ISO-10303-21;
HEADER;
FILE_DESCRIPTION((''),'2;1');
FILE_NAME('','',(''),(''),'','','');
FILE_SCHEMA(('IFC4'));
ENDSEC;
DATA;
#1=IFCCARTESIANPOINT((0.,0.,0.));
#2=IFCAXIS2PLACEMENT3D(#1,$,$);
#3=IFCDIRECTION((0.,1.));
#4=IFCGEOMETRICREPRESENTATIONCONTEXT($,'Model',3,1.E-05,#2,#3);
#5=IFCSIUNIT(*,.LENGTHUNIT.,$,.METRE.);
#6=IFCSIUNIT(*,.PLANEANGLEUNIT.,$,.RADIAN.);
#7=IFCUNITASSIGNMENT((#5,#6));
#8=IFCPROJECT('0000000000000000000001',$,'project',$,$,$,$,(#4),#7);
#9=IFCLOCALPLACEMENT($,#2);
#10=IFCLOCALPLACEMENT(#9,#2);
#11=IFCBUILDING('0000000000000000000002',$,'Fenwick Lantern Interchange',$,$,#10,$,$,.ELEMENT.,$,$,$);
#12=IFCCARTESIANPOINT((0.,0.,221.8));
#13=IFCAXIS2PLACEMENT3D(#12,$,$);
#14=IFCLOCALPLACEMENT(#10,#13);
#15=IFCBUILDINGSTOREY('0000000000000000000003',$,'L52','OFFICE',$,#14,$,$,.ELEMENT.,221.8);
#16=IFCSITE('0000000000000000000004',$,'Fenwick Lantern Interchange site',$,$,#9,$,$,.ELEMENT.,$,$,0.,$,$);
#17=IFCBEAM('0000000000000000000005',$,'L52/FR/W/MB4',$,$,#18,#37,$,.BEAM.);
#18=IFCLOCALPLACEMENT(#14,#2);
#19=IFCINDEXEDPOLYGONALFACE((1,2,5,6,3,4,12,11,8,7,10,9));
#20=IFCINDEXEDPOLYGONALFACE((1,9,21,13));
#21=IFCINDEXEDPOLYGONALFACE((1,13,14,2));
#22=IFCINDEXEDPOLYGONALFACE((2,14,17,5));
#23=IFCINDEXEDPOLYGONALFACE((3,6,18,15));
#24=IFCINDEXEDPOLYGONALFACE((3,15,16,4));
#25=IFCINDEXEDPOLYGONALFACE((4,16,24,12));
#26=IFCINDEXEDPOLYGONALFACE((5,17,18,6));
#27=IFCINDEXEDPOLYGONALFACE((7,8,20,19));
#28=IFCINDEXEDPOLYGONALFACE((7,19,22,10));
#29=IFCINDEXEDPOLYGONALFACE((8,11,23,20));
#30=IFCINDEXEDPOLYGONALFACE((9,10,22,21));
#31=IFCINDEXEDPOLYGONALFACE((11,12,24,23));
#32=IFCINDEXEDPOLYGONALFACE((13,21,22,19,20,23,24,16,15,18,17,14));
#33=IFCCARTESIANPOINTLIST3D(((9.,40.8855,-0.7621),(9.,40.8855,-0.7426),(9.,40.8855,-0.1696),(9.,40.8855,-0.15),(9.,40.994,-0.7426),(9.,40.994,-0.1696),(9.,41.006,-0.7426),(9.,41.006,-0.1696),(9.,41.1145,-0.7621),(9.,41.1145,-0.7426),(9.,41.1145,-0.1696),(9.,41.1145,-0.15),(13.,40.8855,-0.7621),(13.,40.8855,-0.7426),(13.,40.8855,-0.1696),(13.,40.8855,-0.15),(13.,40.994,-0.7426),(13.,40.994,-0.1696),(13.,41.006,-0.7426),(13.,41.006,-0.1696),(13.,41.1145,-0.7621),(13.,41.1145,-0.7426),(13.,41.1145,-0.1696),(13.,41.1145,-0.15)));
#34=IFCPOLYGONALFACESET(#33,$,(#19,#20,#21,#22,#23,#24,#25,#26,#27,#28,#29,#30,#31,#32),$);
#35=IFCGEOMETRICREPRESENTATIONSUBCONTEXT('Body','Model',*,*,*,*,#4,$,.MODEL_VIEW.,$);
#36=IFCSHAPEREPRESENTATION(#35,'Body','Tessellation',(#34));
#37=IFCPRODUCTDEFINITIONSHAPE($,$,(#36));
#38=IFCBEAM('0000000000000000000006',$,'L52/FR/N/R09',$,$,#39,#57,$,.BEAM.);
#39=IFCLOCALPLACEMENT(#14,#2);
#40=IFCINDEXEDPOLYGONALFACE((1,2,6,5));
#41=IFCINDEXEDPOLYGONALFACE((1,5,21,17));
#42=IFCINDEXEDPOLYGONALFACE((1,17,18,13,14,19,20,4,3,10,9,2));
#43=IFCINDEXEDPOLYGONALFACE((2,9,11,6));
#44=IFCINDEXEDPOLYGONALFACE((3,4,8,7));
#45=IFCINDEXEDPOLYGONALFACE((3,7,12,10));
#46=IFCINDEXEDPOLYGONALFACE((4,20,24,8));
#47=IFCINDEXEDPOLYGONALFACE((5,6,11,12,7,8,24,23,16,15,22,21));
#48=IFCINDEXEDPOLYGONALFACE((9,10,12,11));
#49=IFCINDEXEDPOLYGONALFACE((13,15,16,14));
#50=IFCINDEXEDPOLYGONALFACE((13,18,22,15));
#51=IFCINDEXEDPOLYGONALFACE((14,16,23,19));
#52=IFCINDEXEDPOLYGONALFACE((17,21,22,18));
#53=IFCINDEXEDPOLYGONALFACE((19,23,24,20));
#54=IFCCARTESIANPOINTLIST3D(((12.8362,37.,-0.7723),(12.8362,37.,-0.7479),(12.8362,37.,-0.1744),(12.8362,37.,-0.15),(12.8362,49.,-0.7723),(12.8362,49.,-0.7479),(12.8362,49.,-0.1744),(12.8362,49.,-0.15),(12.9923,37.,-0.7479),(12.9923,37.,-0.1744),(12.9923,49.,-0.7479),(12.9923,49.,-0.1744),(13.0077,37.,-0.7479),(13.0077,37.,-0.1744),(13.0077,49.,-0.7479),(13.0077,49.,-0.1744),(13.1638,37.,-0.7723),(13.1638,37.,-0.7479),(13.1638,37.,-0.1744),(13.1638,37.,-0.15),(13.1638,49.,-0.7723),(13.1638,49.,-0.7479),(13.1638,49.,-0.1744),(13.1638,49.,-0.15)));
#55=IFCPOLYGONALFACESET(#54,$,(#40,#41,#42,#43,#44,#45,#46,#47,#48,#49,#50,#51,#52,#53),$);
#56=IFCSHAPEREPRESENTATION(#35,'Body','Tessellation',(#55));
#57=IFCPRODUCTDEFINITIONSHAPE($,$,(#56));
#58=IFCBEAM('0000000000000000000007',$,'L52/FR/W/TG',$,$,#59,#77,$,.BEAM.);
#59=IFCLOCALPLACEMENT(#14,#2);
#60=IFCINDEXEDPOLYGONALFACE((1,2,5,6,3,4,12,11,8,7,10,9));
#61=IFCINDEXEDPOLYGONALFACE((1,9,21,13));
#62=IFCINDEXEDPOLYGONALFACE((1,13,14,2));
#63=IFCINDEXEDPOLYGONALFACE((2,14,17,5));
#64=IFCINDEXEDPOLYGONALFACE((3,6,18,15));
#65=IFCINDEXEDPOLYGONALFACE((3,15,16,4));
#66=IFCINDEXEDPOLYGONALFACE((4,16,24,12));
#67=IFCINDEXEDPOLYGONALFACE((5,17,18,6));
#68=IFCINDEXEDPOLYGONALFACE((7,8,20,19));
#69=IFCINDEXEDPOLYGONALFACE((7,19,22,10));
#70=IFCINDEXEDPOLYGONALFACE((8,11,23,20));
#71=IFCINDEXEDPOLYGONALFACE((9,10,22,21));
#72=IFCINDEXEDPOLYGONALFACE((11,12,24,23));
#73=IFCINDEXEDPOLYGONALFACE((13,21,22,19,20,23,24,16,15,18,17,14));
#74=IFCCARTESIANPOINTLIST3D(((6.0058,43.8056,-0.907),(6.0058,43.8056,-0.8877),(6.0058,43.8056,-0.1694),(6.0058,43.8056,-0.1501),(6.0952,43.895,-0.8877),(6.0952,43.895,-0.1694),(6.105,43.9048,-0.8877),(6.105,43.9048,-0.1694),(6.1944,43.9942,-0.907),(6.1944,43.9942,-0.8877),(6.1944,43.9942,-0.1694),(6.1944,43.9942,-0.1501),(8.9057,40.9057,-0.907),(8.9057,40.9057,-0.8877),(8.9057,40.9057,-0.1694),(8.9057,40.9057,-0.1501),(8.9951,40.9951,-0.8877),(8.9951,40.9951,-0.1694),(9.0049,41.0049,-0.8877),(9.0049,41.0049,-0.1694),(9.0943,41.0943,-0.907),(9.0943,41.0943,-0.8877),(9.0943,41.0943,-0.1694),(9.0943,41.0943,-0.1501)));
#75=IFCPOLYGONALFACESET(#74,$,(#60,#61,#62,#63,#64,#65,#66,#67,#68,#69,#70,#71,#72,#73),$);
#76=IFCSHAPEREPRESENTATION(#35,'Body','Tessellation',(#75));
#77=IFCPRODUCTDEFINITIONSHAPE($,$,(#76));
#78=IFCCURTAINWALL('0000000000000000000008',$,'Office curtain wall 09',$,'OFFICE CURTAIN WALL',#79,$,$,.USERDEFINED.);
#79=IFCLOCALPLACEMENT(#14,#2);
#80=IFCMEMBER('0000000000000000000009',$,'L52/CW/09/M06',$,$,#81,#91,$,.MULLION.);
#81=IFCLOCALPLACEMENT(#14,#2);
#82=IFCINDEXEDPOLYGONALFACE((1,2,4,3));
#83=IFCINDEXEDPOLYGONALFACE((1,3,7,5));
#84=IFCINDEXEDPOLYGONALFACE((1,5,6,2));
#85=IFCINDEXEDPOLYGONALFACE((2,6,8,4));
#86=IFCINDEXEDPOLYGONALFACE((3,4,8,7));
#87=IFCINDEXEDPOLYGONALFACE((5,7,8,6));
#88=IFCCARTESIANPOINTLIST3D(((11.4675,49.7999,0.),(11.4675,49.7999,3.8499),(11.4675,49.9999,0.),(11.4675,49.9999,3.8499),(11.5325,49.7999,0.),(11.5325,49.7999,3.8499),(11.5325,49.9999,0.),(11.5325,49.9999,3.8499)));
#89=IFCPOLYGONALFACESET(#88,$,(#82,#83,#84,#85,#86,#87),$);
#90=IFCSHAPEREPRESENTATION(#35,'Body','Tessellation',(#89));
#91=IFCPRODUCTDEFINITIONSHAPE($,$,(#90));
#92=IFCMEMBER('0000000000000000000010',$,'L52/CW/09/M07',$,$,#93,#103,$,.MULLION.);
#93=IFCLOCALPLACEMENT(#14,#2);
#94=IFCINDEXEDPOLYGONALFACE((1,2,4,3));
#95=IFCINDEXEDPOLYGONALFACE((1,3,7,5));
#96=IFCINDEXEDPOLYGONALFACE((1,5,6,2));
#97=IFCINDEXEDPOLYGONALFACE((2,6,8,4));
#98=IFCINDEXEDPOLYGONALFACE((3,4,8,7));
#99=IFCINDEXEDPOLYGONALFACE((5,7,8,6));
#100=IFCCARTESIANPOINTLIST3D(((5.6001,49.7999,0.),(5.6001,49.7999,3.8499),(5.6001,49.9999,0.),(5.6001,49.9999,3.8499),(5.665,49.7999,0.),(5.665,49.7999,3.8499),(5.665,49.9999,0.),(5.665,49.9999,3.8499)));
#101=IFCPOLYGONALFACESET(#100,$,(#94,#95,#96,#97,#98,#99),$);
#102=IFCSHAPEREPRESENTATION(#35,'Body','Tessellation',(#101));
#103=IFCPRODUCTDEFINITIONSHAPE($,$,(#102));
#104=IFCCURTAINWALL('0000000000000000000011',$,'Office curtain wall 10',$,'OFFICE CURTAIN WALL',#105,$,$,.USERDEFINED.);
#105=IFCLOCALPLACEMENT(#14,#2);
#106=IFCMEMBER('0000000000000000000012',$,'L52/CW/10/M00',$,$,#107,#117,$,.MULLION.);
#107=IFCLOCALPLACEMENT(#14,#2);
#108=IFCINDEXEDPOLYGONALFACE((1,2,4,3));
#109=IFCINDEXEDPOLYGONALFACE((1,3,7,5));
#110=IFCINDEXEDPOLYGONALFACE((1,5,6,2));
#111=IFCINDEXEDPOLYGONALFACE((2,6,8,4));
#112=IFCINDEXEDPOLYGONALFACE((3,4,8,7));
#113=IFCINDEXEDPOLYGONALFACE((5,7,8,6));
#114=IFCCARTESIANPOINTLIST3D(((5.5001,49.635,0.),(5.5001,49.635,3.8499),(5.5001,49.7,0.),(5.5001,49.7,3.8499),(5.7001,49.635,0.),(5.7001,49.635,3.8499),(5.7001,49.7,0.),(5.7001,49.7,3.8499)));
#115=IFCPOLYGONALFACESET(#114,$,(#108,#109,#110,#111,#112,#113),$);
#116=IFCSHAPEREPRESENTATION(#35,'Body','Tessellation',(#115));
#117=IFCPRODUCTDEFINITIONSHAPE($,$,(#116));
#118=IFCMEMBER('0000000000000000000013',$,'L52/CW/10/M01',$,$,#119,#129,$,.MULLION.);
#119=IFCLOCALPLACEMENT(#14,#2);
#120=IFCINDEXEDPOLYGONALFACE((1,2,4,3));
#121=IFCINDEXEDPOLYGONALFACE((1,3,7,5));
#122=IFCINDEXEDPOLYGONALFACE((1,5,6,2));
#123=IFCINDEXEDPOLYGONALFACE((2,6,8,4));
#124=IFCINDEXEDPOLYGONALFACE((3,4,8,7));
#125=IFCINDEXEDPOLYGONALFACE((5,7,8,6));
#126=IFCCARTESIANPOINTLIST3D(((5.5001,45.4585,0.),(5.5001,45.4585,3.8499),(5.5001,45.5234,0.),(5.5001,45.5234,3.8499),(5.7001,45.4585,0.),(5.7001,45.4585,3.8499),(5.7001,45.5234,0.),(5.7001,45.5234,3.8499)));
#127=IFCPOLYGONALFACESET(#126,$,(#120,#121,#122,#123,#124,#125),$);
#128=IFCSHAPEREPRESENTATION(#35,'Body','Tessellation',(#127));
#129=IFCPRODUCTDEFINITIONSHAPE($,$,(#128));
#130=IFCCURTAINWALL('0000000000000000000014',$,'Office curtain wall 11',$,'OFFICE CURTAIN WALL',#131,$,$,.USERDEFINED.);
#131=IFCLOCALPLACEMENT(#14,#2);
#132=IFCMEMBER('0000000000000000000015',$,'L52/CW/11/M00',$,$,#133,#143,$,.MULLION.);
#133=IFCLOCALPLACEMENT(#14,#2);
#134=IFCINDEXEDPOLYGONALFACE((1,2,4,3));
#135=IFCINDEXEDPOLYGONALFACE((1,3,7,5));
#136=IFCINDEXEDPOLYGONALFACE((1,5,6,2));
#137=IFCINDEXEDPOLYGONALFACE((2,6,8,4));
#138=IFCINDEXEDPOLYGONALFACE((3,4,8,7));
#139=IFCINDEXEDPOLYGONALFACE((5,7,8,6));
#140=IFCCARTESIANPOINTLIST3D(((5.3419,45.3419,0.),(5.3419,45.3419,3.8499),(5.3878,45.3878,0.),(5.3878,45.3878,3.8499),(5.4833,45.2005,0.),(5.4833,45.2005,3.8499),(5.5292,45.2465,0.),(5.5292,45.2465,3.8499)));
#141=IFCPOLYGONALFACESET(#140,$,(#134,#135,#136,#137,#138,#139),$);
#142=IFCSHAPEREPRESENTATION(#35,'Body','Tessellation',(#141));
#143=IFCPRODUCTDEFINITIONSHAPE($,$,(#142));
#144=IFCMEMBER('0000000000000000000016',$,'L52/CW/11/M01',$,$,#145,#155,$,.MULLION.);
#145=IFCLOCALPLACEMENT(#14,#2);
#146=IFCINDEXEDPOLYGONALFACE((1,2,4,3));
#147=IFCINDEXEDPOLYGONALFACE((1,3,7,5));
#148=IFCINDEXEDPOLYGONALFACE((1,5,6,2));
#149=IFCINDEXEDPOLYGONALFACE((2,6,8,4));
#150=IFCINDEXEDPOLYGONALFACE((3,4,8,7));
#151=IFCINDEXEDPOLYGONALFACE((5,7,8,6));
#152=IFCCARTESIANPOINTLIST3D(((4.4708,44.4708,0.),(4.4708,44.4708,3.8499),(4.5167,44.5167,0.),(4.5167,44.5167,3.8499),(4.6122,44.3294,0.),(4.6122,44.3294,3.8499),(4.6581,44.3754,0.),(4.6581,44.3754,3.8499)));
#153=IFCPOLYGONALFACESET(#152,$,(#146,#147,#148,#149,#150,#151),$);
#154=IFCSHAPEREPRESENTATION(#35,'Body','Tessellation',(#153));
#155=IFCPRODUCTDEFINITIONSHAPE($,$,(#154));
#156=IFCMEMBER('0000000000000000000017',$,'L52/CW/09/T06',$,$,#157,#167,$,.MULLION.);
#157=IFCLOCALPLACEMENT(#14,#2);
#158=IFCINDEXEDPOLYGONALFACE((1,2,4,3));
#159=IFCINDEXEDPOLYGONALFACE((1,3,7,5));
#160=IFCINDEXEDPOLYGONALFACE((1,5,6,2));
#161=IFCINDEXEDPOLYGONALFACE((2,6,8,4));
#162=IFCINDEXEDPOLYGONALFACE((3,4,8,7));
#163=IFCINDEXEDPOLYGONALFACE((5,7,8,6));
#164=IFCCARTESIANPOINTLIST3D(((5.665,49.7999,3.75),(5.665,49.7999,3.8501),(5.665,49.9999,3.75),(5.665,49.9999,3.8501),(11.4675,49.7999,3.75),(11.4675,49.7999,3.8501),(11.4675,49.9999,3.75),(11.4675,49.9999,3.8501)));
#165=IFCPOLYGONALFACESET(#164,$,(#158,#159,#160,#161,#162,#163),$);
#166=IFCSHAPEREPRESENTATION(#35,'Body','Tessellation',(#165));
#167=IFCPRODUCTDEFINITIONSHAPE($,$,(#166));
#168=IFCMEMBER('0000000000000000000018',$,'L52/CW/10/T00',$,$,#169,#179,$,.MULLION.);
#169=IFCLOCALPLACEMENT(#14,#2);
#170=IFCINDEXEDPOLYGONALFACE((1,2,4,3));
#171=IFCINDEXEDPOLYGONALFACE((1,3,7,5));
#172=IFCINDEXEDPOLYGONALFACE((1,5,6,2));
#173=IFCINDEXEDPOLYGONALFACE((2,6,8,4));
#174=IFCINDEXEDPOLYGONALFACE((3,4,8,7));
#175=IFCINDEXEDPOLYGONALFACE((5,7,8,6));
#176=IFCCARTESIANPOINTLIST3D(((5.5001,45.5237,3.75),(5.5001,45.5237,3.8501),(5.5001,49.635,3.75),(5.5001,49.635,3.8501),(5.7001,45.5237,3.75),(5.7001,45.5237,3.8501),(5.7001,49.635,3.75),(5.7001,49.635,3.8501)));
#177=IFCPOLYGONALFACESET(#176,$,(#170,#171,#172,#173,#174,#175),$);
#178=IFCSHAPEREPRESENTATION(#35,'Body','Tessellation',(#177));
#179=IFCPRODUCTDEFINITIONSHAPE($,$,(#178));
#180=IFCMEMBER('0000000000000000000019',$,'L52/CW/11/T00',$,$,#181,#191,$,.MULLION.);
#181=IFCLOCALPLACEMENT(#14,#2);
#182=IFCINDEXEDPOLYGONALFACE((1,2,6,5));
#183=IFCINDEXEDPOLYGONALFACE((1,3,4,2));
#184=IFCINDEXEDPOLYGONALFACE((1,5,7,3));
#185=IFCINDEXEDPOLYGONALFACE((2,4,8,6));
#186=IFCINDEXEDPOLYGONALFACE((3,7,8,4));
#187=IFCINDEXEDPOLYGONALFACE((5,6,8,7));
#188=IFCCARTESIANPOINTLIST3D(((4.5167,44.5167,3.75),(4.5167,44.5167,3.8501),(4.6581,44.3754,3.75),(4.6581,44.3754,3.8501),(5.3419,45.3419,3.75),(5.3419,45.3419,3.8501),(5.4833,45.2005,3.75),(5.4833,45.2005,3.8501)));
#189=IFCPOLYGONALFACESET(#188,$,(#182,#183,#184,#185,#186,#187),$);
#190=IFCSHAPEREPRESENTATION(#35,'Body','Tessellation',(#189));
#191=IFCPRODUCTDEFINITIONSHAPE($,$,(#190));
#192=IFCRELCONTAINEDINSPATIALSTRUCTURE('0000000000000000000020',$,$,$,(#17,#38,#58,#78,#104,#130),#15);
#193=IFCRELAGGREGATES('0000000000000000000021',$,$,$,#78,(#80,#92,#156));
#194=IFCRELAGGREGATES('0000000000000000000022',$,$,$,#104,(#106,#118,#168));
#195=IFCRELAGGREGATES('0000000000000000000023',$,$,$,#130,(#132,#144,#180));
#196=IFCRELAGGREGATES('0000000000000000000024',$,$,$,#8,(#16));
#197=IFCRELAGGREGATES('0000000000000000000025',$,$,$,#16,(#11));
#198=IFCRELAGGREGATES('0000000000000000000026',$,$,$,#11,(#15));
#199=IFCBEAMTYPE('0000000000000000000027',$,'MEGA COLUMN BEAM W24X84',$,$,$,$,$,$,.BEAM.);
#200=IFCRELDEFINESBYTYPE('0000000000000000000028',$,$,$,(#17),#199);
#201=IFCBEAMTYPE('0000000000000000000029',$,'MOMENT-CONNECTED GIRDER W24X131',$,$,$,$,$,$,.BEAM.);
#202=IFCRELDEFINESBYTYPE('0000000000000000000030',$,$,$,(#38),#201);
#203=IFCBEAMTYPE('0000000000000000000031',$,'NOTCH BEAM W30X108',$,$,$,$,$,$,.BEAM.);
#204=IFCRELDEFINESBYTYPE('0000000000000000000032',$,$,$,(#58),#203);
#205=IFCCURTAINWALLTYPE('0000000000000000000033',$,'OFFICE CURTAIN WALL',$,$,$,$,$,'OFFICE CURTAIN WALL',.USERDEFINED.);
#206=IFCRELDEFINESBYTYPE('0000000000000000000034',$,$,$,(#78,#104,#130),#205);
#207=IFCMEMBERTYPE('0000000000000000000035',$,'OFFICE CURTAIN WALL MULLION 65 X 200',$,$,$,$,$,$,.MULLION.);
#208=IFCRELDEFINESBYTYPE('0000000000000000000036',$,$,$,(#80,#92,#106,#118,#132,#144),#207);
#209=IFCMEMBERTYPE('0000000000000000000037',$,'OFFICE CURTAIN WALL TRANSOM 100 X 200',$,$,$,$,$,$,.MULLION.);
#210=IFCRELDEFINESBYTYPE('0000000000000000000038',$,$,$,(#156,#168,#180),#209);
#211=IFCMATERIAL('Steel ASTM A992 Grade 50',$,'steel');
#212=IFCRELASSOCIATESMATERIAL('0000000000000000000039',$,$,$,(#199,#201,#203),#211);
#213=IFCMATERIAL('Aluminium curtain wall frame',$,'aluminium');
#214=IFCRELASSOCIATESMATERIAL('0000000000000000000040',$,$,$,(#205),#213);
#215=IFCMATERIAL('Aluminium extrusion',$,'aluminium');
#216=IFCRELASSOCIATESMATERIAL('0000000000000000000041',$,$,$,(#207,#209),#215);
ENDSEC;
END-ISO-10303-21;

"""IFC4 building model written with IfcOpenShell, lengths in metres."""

from ifc_helpers import new_model, si_unit, direction, frame, origin, origin_2d, place, context, subcontext, project, spatial, rectangle, i_section, extrude, material, material_profile, profile_set, type_object, element, aggregate, save


model = new_model("IFC4")

# Units and contexts
model_context = context("Model", 3, precision=1e-05, world=origin(), true_north=direction((0.0, 1.0)))
body_context = subcontext(model_context, "Body", "Model", "MODEL_VIEW")
ifc_project = project(units=[si_unit("LENGTHUNIT", "METRE"), si_unit("PLANEANGLEUNIT", "RADIAN")], contexts=[model_context])

# Site, building, storey
site_placement = place(None, origin())
site = spatial("IfcSite", under=ifc_project, at=site_placement, Name="Fenwick Lantern Interchange site", CompositionType="ELEMENT", RefElevation=0.0)
building_placement = place(site_placement, origin())
building = spatial("IfcBuilding", under=site, at=building_placement, Name="Fenwick Lantern Interchange", CompositionType="ELEMENT")
storey_placement = place(building_placement, frame((0.0, 0.0, 221.8)))
storey = spatial("IfcBuildingStorey", under=building, at=storey_placement, Name="L52", Description="OFFICE", CompositionType="ELEMENT", Elevation=221.8)

# Shared definitions
ifc_material_1 = material(Name="Steel ASTM A992 Grade 50", Category="steel")

# Beams
ifc_material_profile_1 = material_profile(ifc_material_1, i_section(OverallWidth=0.229, OverallDepth=0.6121, WebThickness=0.012, FlangeThickness=0.0195, at=origin_2d()), Name="W24X84")
ifc_profile_set_1 = profile_set([ifc_material_profile_1], Name="Steel ASTM A992 Grade 50")
beam_type_1 = type_object("IfcBeamType", Name="MEGA COLUMN BEAM W24X84", PredefinedType="BEAM", material=ifc_profile_set_1)
beam_1_placement = place(storey_placement, frame((9.0, 41.0, -0.4561), z_axis=(1.0, 0.0, 0.0), x_axis=(0.0, 1.0, 0.0)))
element("IfcBeam", 1, at=beam_1_placement, inside=storey, type_object=beam_type_1, Name="L52/FR/W/MB4", PredefinedType="BEAM", context=body_context, shape_type="SweptSolid", body=[
    extrude(i_section(OverallWidth=0.229, OverallDepth=0.6121, WebThickness=0.012, FlangeThickness=0.0195, at=origin_2d()), origin(), (0.0, 0.0, 1.0), 4.0),
])
ifc_material_profile_2 = material_profile(ifc_material_1, i_section(OverallWidth=0.3276, OverallDepth=0.6223, WebThickness=0.0154, FlangeThickness=0.0244, at=origin_2d()), Name="W24X131")
ifc_profile_set_2 = profile_set([ifc_material_profile_2], Name="Steel ASTM A992 Grade 50")
beam_type_2 = type_object("IfcBeamType", Name="MOMENT-CONNECTED GIRDER W24X131", PredefinedType="BEAM", material=ifc_profile_set_2)
beam_2_placement = place(storey_placement, frame((13.0, 49.0, -0.4612), z_axis=(0.0, -1.0, 0.0), x_axis=(1.0, 0.0, 0.0)))
element("IfcBeam", 2, at=beam_2_placement, inside=storey, type_object=beam_type_2, Name="L52/FR/N/R09", PredefinedType="BEAM", context=body_context, shape_type="SweptSolid", body=[
    extrude(i_section(OverallWidth=0.3276, OverallDepth=0.6223, WebThickness=0.0154, FlangeThickness=0.0244, at=origin_2d()), origin(), (0.0, 0.0, 1.0), 12.0),
])
ifc_material_profile_3 = material_profile(ifc_material_1, i_section(OverallWidth=0.2666, OverallDepth=0.7568, WebThickness=0.0139, FlangeThickness=0.0193, at=origin_2d()), Name="W30X108")
ifc_profile_set_3 = profile_set([ifc_material_profile_3], Name="Steel ASTM A992 Grade 50")
beam_type_3 = type_object("IfcBeamType", Name="NOTCH BEAM W30X108", PredefinedType="BEAM", material=ifc_profile_set_3)
beam_3_placement = place(storey_placement, frame((9.0, 41.0, -0.5286), z_axis=(-0.707107, 0.707107, 0.0), x_axis=(-0.707107, -0.707107, 0.0)))
element("IfcBeam", 3, at=beam_3_placement, inside=storey, type_object=beam_type_3, Name="L52/FR/W/TG", PredefinedType="BEAM", context=body_context, shape_type="SweptSolid", body=[
    extrude(i_section(OverallWidth=0.2666, OverallDepth=0.7568, WebThickness=0.0139, FlangeThickness=0.0193, at=origin_2d()), origin(), (0.0, 0.0, 1.0), 4.1011),
])

# Curtain walls, members
ifc_material_2 = material(Name="Aluminium curtain wall frame", Category="aluminium")
curtain_wall_type = type_object("IfcCurtainWallType", Name="OFFICE CURTAIN WALL", ElementType="OFFICE CURTAIN WALL", PredefinedType="USERDEFINED", material=ifc_material_2)
curtain_wall_1_placement = place(storey_placement, origin())
curtain_wall_1 = element("IfcCurtainWall", 4, at=curtain_wall_1_placement, inside=storey, type_object=curtain_wall_type, Name="Office curtain wall 09", ObjectType="OFFICE CURTAIN WALL", PredefinedType="USERDEFINED")
ifc_material_3 = material(Name="Aluminium extrusion", Category="aluminium")
ifc_material_profile_4 = material_profile(ifc_material_3, rectangle(XDim=0.2, YDim=0.0649, at=origin_2d()), Name="OFFICE CURTAIN WALL MULLION 65 X 200")
ifc_profile_set_4 = profile_set([ifc_material_profile_4], Name="Aluminium extrusion")
member_type_1 = type_object("IfcMemberType", Name="OFFICE CURTAIN WALL MULLION 65 X 200", PredefinedType="MULLION", material=ifc_profile_set_4)
member_1_placement = place(storey_placement, frame((11.5, 49.8999, 0.0), z_axis=(0.0, 0.0, 1.0), x_axis=(0.0, -1.0, 0.0)))
member_1 = element("IfcMember", 5, at=member_1_placement, type_object=member_type_1, Name="L52/CW/09/M06", PredefinedType="MULLION", context=body_context, shape_type="SweptSolid", body=[
    extrude(rectangle(XDim=0.2, YDim=0.0649, at=origin_2d()), origin(), (0.0, 0.0, 1.0), 3.8499),
])
member_2_placement = place(storey_placement, frame((5.6326, 49.8999, 0.0), z_axis=(0.0, 0.0, 1.0), x_axis=(0.0, -1.0, 0.0)))
member_2 = element("IfcMember", 6, at=member_2_placement, type_object=member_type_1, Name="L52/CW/09/M07", PredefinedType="MULLION", context=body_context, shape_type="SweptSolid", body=[
    extrude(rectangle(XDim=0.2, YDim=0.0649, at=origin_2d()), origin(), (0.0, 0.0, 1.0), 3.8499),
])
curtain_wall_2_placement = place(storey_placement, origin())
curtain_wall_2 = element("IfcCurtainWall", 7, at=curtain_wall_2_placement, inside=storey, type_object=curtain_wall_type, Name="Office curtain wall 10", ObjectType="OFFICE CURTAIN WALL", PredefinedType="USERDEFINED")
member_3_placement = place(storey_placement, frame((5.6001, 49.6675, 0.0), z_axis=(0.0, 0.0, 1.0), x_axis=(1.0, 0.0, 0.0)))
member_3 = element("IfcMember", 8, at=member_3_placement, type_object=member_type_1, Name="L52/CW/10/M00", PredefinedType="MULLION", context=body_context, shape_type="SweptSolid", body=[
    extrude(rectangle(XDim=0.2, YDim=0.0649, at=origin_2d()), origin(), (0.0, 0.0, 1.0), 3.8499),
])
member_4_placement = place(storey_placement, frame((5.6001, 45.491, 0.0), z_axis=(0.0, 0.0, 1.0), x_axis=(1.0, 0.0, 0.0)))
member_4 = element("IfcMember", 9, at=member_4_placement, type_object=member_type_1, Name="L52/CW/10/M01", PredefinedType="MULLION", context=body_context, shape_type="SweptSolid", body=[
    extrude(rectangle(XDim=0.2, YDim=0.0649, at=origin_2d()), origin(), (0.0, 0.0, 1.0), 3.8499),
])
curtain_wall_3_placement = place(storey_placement, origin())
curtain_wall_3 = element("IfcCurtainWall", 10, at=curtain_wall_3_placement, inside=storey, type_object=curtain_wall_type, Name="Office curtain wall 11", ObjectType="OFFICE CURTAIN WALL", PredefinedType="USERDEFINED")
member_5_placement = place(storey_placement, frame((5.4355, 45.2942, 0.0), z_axis=(0.0, 0.0, 1.0), x_axis=(0.707107, -0.707107, 0.0)))
member_5 = element("IfcMember", 11, at=member_5_placement, type_object=member_type_1, Name="L52/CW/11/M00", PredefinedType="MULLION", context=body_context, shape_type="SweptSolid", body=[
    extrude(rectangle(XDim=0.2, YDim=0.0649, at=origin_2d()), origin(), (0.0, 0.0, 1.0), 3.8499),
])
member_6_placement = place(storey_placement, frame((4.5645, 44.4231, 0.0), z_axis=(0.0, 0.0, 1.0), x_axis=(0.707107, -0.707107, 0.0)))
member_6 = element("IfcMember", 12, at=member_6_placement, type_object=member_type_1, Name="L52/CW/11/M01", PredefinedType="MULLION", context=body_context, shape_type="SweptSolid", body=[
    extrude(rectangle(XDim=0.2, YDim=0.0649, at=origin_2d()), origin(), (0.0, 0.0, 1.0), 3.8499),
])

# Members
ifc_material_profile_5 = material_profile(ifc_material_3, rectangle(XDim=0.2, YDim=0.1001, at=origin_2d()), Name="OFFICE CURTAIN WALL TRANSOM 100 X 200")
ifc_profile_set_5 = profile_set([ifc_material_profile_5], Name="Aluminium extrusion")
member_type_2 = type_object("IfcMemberType", Name="OFFICE CURTAIN WALL TRANSOM 100 X 200", PredefinedType="MULLION", material=ifc_profile_set_5)
member_7_placement = place(storey_placement, frame((11.4675, 49.8999, 3.8), z_axis=(-1.0, 0.0, 0.0), x_axis=(0.0, -1.0, 0.0)))
member_7 = element("IfcMember", 13, at=member_7_placement, type_object=member_type_2, Name="L52/CW/09/T06", PredefinedType="MULLION", context=body_context, shape_type="SweptSolid", body=[
    extrude(rectangle(XDim=0.2, YDim=0.1001, at=origin_2d()), origin(), (0.0, 0.0, 1.0), 5.8025),
])
aggregate(curtain_wall_1, [member_1, member_2, member_7])
member_8_placement = place(storey_placement, frame((5.6001, 49.635, 3.8), z_axis=(0.0, -1.0, 0.0), x_axis=(1.0, 0.0, 0.0)))
member_8 = element("IfcMember", 14, at=member_8_placement, type_object=member_type_2, Name="L52/CW/10/T00", PredefinedType="MULLION", context=body_context, shape_type="SweptSolid", body=[
    extrude(rectangle(XDim=0.2, YDim=0.1001, at=origin_2d()), origin(), (0.0, 0.0, 1.0), 4.1113),
])
member_9_placement = place(storey_placement, frame((5.4126, 45.2712, 3.8), z_axis=(-0.707107, -0.707107, 0.0), x_axis=(0.707107, -0.707107, 0.0)))
member_9 = element("IfcMember", 15, at=member_9_placement, type_object=member_type_2, Name="L52/CW/11/T00", PredefinedType="MULLION", context=body_context, shape_type="SweptSolid", body=[
    extrude(rectangle(XDim=0.2, YDim=0.1001, at=origin_2d()), origin(), (0.0, 0.0, 1.0), 1.167),
])

aggregate(curtain_wall_2, [member_3, member_4, member_8])
aggregate(curtain_wall_3, [member_5, member_6, member_9])

save(model, "model.ifc")
